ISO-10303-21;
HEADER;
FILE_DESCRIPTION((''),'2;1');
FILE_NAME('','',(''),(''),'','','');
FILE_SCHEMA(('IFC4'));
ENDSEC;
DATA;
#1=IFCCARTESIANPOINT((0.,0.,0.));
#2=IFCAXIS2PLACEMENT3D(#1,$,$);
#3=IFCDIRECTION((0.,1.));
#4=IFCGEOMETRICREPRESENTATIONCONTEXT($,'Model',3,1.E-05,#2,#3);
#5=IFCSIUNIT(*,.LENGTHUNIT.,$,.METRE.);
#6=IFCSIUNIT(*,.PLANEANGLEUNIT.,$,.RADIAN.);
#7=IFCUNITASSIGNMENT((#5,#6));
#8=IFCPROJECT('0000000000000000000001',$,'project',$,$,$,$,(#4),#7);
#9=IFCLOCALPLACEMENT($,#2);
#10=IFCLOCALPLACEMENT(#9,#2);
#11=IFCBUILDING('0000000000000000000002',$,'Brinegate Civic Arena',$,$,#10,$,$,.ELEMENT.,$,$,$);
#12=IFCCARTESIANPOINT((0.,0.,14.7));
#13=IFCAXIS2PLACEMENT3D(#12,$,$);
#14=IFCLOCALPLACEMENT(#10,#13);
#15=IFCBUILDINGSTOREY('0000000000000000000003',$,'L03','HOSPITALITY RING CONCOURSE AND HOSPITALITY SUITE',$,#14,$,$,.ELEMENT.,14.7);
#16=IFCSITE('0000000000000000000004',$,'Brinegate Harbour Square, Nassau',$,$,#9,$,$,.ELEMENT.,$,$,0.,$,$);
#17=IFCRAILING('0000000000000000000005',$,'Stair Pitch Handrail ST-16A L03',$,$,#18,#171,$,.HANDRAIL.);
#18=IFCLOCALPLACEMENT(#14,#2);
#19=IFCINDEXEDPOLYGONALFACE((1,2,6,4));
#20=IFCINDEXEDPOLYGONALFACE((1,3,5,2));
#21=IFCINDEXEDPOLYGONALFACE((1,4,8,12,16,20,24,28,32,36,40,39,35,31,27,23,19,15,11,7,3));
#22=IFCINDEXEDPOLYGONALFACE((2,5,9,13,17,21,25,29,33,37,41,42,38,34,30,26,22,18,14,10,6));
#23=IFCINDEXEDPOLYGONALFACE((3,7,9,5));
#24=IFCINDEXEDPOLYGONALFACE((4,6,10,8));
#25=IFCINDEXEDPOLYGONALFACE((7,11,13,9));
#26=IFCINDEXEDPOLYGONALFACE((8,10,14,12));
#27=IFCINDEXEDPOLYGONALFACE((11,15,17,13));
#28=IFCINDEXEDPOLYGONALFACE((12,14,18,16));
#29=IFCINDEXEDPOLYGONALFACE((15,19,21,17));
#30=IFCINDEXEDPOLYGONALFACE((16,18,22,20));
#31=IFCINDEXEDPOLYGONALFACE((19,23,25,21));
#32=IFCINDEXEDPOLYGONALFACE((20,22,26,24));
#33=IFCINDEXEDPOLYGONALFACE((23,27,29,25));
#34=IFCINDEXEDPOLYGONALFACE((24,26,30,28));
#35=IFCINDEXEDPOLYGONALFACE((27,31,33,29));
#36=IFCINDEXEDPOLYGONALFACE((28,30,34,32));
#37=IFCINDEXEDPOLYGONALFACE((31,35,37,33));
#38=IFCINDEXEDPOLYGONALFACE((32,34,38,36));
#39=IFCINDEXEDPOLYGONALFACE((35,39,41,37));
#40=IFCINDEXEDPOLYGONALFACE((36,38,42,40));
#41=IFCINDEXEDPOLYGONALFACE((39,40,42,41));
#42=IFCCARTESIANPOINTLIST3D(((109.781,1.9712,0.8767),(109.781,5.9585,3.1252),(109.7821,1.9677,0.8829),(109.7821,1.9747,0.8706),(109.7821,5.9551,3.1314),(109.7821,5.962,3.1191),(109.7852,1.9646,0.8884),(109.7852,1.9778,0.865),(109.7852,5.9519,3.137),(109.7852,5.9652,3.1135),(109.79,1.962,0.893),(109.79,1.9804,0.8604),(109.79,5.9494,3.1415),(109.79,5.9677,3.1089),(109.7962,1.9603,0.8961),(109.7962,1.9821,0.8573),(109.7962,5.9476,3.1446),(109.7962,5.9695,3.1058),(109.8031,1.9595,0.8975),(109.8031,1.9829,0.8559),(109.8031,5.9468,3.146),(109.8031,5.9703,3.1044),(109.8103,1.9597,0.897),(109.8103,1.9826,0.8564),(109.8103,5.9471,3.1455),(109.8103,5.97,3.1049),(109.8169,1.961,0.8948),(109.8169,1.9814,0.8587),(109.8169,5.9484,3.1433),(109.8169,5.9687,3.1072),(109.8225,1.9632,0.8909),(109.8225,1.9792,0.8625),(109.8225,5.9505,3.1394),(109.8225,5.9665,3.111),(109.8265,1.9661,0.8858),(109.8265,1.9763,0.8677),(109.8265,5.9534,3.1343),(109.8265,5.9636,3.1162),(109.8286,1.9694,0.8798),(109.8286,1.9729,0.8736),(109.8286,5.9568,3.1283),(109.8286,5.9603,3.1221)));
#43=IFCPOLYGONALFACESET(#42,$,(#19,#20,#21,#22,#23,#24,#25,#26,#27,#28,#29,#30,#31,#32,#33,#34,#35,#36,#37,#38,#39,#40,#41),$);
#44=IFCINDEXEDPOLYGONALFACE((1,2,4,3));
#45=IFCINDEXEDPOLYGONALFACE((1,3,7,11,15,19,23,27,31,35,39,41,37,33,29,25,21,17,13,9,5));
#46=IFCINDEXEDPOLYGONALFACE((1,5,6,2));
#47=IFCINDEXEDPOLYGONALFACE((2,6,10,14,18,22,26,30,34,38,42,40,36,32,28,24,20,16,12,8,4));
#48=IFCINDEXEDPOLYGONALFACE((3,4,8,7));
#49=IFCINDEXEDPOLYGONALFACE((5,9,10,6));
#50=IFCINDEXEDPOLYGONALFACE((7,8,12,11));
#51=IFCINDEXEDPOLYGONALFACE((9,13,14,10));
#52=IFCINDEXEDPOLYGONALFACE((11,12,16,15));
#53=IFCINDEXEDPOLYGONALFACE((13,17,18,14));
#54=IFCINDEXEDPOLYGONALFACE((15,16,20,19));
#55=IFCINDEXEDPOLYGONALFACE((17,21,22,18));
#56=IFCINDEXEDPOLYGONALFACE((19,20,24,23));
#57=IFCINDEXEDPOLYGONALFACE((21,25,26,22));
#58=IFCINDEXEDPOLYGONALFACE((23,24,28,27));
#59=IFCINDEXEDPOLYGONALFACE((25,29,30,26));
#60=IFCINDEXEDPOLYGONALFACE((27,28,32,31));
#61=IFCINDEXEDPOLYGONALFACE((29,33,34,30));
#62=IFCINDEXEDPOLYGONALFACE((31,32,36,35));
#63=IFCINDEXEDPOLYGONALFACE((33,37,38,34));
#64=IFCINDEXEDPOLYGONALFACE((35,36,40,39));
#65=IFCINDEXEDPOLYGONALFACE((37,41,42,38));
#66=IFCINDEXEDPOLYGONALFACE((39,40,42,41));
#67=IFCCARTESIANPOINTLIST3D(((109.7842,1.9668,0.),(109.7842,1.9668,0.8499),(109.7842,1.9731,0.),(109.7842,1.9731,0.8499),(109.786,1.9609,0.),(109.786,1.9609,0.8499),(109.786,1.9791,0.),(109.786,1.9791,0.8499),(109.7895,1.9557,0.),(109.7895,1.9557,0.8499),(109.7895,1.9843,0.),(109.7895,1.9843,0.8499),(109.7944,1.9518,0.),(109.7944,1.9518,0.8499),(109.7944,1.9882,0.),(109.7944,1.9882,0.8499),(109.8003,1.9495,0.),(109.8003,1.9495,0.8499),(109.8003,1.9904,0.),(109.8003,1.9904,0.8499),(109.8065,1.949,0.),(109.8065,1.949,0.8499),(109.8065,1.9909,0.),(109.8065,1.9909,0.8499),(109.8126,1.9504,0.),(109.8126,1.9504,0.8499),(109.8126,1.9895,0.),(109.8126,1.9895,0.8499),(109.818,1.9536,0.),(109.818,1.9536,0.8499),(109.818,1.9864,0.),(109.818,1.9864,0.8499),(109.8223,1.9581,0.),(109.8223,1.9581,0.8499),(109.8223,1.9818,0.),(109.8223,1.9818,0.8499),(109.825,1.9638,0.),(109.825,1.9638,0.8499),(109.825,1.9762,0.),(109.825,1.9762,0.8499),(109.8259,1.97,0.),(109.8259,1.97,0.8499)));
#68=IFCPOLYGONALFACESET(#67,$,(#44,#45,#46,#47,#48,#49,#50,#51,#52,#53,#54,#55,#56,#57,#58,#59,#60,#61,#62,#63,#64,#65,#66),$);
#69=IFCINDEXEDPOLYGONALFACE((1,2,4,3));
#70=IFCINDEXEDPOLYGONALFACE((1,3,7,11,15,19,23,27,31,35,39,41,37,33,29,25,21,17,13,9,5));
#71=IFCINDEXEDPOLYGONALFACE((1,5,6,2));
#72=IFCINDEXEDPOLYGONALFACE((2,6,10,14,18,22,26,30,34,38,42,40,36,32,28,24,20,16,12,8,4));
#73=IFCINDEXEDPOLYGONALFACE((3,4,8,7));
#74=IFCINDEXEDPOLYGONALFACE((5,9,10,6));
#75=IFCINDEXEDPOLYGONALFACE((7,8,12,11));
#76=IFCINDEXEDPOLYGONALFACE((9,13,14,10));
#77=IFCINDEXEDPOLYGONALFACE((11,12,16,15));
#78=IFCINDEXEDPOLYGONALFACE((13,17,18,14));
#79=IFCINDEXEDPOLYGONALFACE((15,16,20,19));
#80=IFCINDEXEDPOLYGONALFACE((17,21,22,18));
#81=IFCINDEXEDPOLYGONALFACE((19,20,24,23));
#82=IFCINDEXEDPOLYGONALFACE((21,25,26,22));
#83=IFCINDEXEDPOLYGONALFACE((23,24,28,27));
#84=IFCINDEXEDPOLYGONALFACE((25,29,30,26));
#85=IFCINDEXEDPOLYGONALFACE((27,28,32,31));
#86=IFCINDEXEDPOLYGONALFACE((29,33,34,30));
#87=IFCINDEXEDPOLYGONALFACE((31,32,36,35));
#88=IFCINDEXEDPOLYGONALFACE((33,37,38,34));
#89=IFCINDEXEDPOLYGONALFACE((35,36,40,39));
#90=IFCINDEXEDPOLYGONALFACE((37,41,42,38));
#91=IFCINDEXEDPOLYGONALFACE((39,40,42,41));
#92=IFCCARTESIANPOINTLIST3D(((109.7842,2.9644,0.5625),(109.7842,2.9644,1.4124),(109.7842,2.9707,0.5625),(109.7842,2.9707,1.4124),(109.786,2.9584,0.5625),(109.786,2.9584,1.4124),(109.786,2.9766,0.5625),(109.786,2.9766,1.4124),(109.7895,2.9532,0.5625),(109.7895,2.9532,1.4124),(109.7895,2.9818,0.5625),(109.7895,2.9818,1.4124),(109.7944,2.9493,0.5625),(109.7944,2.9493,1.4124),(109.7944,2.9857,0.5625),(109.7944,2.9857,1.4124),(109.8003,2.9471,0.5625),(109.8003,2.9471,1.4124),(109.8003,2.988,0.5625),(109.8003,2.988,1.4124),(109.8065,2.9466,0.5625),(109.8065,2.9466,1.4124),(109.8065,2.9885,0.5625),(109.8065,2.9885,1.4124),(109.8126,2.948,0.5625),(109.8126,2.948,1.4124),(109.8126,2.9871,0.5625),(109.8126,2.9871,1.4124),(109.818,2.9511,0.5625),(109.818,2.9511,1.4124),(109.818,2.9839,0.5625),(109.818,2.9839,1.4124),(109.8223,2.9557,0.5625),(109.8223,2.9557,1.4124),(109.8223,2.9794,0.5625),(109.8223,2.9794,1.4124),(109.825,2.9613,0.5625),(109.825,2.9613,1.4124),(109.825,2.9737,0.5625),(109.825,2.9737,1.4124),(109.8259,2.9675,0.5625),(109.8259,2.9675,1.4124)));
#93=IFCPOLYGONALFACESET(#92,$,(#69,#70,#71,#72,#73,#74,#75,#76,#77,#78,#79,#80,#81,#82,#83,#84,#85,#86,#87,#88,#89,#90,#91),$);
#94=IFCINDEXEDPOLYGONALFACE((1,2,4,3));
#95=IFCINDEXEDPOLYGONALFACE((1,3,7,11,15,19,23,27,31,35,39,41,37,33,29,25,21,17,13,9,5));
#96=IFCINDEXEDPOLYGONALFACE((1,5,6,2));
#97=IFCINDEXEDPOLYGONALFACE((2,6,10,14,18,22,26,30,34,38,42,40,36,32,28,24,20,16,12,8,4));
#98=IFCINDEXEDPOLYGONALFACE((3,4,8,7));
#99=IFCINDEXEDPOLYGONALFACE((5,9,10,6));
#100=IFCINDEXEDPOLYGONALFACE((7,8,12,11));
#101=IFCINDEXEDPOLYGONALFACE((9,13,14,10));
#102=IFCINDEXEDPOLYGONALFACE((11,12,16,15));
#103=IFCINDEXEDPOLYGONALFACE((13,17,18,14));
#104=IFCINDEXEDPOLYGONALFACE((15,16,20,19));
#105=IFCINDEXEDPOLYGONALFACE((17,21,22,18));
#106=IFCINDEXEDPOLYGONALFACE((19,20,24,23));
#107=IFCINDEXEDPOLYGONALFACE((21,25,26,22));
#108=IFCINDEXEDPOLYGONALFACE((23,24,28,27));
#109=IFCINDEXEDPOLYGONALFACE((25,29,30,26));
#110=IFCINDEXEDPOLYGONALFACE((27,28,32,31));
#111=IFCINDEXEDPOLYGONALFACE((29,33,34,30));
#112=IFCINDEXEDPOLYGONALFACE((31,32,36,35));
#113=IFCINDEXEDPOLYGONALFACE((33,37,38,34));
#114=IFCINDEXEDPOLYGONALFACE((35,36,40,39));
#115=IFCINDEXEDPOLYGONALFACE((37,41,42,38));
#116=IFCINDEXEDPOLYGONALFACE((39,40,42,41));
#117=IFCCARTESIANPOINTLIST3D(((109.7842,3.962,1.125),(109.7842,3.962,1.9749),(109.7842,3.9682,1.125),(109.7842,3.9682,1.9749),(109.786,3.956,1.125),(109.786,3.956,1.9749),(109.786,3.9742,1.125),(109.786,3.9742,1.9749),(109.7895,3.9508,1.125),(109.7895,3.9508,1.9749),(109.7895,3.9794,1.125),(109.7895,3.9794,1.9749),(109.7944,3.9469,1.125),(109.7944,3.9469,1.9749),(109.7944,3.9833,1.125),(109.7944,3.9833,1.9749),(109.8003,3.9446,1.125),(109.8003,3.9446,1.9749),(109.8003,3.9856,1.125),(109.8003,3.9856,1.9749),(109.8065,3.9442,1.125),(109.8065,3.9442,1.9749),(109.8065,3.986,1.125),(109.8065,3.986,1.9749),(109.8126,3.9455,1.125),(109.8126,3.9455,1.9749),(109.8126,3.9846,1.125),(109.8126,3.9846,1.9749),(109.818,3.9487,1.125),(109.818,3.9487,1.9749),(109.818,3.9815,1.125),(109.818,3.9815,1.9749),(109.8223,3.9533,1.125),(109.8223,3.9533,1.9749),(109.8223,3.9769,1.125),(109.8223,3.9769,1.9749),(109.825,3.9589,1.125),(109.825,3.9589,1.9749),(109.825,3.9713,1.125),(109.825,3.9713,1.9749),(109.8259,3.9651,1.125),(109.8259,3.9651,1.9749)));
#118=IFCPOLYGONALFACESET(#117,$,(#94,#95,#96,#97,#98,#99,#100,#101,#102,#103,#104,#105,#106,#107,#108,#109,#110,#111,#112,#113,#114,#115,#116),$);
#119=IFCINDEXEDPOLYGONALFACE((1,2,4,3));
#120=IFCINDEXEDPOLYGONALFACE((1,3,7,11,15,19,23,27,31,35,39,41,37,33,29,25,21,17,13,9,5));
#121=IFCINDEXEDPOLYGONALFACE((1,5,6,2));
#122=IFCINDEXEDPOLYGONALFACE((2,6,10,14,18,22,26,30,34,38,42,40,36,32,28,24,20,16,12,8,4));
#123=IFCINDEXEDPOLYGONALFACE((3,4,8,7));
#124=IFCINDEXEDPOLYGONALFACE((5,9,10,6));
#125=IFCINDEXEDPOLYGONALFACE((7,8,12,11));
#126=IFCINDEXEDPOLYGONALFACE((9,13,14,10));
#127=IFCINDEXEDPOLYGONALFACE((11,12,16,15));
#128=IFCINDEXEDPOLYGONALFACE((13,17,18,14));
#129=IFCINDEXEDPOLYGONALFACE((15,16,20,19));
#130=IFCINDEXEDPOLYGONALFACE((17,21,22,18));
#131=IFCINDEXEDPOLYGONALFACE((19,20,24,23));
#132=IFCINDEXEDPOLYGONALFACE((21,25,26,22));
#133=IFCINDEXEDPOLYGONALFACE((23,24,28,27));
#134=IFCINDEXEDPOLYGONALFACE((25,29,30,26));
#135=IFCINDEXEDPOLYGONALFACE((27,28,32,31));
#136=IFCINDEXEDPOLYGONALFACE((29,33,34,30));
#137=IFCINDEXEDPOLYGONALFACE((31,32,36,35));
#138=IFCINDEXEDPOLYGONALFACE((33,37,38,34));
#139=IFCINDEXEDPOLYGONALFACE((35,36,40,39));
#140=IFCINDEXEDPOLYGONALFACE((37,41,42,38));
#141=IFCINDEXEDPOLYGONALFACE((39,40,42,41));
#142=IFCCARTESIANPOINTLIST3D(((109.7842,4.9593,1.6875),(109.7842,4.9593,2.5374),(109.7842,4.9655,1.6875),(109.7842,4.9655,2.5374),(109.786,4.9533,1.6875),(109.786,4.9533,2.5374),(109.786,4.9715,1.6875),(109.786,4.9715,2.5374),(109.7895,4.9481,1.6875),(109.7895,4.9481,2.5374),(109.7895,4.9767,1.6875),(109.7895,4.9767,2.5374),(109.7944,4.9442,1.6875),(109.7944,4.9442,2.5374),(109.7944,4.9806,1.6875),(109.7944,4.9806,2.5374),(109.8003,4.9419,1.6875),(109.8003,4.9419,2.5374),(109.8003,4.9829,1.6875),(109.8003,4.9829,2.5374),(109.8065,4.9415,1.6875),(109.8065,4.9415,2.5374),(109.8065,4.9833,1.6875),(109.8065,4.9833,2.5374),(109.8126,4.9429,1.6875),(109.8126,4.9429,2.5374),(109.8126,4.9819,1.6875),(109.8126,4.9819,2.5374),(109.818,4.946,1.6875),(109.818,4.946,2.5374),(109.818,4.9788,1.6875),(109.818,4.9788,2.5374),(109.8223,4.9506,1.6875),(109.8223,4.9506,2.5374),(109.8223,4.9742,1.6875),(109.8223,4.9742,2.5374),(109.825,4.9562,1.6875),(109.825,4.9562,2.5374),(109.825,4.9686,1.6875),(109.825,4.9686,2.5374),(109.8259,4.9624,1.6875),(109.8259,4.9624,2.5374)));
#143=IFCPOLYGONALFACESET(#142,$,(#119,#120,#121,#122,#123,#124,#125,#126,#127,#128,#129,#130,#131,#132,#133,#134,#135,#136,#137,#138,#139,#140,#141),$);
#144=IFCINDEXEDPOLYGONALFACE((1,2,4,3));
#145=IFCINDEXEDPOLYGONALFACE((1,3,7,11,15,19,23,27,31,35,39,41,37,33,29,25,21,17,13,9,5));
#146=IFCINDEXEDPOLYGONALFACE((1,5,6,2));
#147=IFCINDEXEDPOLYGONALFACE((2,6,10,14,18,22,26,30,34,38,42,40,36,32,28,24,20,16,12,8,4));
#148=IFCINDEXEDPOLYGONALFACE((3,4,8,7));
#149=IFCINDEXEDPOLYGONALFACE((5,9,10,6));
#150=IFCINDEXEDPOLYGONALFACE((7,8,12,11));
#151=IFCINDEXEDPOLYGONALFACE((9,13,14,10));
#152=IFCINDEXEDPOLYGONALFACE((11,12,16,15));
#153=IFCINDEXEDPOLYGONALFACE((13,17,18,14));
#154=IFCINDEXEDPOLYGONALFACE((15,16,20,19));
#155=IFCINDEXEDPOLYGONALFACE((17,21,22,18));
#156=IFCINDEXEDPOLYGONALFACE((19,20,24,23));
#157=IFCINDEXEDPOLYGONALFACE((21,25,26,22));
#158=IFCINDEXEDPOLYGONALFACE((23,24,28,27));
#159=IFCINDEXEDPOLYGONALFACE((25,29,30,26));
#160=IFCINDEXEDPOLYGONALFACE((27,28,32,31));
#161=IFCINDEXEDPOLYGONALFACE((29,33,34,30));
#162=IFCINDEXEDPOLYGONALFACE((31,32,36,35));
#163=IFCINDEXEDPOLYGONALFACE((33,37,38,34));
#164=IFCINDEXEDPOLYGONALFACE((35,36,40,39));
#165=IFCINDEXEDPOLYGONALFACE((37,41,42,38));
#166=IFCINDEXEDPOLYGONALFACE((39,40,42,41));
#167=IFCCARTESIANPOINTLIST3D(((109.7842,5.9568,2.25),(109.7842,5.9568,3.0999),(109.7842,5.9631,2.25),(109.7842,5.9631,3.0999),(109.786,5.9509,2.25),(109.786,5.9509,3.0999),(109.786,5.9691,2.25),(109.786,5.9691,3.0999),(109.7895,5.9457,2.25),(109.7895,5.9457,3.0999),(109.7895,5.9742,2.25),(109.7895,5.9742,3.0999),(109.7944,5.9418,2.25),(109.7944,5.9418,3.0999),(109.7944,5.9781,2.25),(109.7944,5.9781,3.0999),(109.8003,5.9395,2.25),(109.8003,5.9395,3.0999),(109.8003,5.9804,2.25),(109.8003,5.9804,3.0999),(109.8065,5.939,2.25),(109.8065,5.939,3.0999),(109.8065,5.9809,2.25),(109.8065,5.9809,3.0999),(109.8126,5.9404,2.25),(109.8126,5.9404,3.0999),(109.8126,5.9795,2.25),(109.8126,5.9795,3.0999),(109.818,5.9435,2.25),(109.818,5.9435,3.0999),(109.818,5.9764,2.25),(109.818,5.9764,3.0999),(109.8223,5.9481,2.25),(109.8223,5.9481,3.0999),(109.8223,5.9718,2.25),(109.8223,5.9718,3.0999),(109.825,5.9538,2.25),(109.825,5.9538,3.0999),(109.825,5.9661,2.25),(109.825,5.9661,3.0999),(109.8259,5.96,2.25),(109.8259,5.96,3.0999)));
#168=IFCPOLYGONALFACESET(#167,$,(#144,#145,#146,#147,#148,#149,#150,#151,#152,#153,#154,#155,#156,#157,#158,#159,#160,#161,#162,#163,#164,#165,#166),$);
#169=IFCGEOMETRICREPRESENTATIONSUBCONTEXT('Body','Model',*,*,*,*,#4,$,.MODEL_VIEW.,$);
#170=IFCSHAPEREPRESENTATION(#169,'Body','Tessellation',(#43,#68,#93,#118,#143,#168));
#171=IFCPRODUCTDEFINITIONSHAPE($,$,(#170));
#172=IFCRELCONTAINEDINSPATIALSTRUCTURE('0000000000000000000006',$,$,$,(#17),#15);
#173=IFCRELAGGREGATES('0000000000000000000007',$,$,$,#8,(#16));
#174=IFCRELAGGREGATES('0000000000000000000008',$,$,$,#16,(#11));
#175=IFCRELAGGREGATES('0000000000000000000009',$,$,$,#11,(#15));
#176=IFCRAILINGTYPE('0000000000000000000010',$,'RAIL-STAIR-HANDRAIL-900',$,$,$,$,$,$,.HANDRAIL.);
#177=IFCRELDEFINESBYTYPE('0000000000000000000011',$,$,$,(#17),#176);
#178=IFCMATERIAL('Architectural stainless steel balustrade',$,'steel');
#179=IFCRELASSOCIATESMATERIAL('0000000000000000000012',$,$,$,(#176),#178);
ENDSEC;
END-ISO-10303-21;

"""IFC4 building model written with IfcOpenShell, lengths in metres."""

from ifc_helpers import new_model, si_unit, direction, frame, origin, origin_2d, place, context, subcontext, project, spatial, circle, extrude, material, type_object, element, save


model = new_model("IFC4")

# Units and contexts
model_context = context("Model", 3, precision=1e-05, world=origin(), true_north=direction((0.0, 1.0)))
body_context = subcontext(model_context, "Body", "Model", "MODEL_VIEW")
ifc_project = project(units=[si_unit("LENGTHUNIT", "METRE"), si_unit("PLANEANGLEUNIT", "RADIAN")], contexts=[model_context])

# Site, building, storey
site_placement = place(None, origin())
site = spatial("IfcSite", under=ifc_project, at=site_placement, Name="Brinegate Harbour Square, Nassau", CompositionType="ELEMENT", RefElevation=0.0)
building_placement = place(site_placement, origin())
building = spatial("IfcBuilding", under=site, at=building_placement, Name="Brinegate Civic Arena", CompositionType="ELEMENT")
storey_placement = place(building_placement, frame((0.0, 0.0, 14.7)))
storey = spatial("IfcBuildingStorey", under=building, at=storey_placement, Name="L03", Description="HOSPITALITY RING CONCOURSE AND HOSPITALITY SUITE", CompositionType="ELEMENT", Elevation=14.7)

# Railing
ifc_material_1 = material(Name="Architectural stainless steel balustrade", Category="steel")
railing_type_1 = type_object("IfcRailingType", Name="RAIL-STAIR-HANDRAIL-900", PredefinedType="HANDRAIL", material=ifc_material_1)
for number, where, name in (
    (1, (109.8049, 1.97, 0.0), "Stair Pitch Handrail ST-16A L03"),
):
    element("IfcRailing", number, at=place(storey_placement, frame(where)), inside=storey, type_object=railing_type_1, Name=name, PredefinedType="HANDRAIL", context=body_context, shape_type="SweptSolid", body=[
        extrude(circle(Radius=0.0239, at=origin_2d()), frame((0.0, 0.0012, 0.8767), z_axis=(0.0, 0.87105, 0.491195), x_axis=(-1.0, 0.0, 0.0)), (0.0, 0.0, 1.0), 4.5776),
        extrude(circle(Radius=0.021, at=origin_2d()), origin(), (0.0, 0.0, 1.0), 0.8499),
        extrude(circle(Radius=0.021, at=origin_2d()), frame((0.0, 0.9976, 0.5625)), (0.0, 0.0, 1.0), 0.8499),
        extrude(circle(Radius=0.021, at=origin_2d()), frame((0.0, 1.9951, 1.125)), (0.0, 0.0, 1.0), 0.8499),
        extrude(circle(Radius=0.021, at=origin_2d()), frame((0.0, 2.9924, 1.6875)), (0.0, 0.0, 1.0), 0.8499),
        extrude(circle(Radius=0.021, at=origin_2d()), frame((0.0, 3.99, 2.25)), (0.0, 0.0, 1.0), 0.8499),
    ])

save(model, "model.ifc")
